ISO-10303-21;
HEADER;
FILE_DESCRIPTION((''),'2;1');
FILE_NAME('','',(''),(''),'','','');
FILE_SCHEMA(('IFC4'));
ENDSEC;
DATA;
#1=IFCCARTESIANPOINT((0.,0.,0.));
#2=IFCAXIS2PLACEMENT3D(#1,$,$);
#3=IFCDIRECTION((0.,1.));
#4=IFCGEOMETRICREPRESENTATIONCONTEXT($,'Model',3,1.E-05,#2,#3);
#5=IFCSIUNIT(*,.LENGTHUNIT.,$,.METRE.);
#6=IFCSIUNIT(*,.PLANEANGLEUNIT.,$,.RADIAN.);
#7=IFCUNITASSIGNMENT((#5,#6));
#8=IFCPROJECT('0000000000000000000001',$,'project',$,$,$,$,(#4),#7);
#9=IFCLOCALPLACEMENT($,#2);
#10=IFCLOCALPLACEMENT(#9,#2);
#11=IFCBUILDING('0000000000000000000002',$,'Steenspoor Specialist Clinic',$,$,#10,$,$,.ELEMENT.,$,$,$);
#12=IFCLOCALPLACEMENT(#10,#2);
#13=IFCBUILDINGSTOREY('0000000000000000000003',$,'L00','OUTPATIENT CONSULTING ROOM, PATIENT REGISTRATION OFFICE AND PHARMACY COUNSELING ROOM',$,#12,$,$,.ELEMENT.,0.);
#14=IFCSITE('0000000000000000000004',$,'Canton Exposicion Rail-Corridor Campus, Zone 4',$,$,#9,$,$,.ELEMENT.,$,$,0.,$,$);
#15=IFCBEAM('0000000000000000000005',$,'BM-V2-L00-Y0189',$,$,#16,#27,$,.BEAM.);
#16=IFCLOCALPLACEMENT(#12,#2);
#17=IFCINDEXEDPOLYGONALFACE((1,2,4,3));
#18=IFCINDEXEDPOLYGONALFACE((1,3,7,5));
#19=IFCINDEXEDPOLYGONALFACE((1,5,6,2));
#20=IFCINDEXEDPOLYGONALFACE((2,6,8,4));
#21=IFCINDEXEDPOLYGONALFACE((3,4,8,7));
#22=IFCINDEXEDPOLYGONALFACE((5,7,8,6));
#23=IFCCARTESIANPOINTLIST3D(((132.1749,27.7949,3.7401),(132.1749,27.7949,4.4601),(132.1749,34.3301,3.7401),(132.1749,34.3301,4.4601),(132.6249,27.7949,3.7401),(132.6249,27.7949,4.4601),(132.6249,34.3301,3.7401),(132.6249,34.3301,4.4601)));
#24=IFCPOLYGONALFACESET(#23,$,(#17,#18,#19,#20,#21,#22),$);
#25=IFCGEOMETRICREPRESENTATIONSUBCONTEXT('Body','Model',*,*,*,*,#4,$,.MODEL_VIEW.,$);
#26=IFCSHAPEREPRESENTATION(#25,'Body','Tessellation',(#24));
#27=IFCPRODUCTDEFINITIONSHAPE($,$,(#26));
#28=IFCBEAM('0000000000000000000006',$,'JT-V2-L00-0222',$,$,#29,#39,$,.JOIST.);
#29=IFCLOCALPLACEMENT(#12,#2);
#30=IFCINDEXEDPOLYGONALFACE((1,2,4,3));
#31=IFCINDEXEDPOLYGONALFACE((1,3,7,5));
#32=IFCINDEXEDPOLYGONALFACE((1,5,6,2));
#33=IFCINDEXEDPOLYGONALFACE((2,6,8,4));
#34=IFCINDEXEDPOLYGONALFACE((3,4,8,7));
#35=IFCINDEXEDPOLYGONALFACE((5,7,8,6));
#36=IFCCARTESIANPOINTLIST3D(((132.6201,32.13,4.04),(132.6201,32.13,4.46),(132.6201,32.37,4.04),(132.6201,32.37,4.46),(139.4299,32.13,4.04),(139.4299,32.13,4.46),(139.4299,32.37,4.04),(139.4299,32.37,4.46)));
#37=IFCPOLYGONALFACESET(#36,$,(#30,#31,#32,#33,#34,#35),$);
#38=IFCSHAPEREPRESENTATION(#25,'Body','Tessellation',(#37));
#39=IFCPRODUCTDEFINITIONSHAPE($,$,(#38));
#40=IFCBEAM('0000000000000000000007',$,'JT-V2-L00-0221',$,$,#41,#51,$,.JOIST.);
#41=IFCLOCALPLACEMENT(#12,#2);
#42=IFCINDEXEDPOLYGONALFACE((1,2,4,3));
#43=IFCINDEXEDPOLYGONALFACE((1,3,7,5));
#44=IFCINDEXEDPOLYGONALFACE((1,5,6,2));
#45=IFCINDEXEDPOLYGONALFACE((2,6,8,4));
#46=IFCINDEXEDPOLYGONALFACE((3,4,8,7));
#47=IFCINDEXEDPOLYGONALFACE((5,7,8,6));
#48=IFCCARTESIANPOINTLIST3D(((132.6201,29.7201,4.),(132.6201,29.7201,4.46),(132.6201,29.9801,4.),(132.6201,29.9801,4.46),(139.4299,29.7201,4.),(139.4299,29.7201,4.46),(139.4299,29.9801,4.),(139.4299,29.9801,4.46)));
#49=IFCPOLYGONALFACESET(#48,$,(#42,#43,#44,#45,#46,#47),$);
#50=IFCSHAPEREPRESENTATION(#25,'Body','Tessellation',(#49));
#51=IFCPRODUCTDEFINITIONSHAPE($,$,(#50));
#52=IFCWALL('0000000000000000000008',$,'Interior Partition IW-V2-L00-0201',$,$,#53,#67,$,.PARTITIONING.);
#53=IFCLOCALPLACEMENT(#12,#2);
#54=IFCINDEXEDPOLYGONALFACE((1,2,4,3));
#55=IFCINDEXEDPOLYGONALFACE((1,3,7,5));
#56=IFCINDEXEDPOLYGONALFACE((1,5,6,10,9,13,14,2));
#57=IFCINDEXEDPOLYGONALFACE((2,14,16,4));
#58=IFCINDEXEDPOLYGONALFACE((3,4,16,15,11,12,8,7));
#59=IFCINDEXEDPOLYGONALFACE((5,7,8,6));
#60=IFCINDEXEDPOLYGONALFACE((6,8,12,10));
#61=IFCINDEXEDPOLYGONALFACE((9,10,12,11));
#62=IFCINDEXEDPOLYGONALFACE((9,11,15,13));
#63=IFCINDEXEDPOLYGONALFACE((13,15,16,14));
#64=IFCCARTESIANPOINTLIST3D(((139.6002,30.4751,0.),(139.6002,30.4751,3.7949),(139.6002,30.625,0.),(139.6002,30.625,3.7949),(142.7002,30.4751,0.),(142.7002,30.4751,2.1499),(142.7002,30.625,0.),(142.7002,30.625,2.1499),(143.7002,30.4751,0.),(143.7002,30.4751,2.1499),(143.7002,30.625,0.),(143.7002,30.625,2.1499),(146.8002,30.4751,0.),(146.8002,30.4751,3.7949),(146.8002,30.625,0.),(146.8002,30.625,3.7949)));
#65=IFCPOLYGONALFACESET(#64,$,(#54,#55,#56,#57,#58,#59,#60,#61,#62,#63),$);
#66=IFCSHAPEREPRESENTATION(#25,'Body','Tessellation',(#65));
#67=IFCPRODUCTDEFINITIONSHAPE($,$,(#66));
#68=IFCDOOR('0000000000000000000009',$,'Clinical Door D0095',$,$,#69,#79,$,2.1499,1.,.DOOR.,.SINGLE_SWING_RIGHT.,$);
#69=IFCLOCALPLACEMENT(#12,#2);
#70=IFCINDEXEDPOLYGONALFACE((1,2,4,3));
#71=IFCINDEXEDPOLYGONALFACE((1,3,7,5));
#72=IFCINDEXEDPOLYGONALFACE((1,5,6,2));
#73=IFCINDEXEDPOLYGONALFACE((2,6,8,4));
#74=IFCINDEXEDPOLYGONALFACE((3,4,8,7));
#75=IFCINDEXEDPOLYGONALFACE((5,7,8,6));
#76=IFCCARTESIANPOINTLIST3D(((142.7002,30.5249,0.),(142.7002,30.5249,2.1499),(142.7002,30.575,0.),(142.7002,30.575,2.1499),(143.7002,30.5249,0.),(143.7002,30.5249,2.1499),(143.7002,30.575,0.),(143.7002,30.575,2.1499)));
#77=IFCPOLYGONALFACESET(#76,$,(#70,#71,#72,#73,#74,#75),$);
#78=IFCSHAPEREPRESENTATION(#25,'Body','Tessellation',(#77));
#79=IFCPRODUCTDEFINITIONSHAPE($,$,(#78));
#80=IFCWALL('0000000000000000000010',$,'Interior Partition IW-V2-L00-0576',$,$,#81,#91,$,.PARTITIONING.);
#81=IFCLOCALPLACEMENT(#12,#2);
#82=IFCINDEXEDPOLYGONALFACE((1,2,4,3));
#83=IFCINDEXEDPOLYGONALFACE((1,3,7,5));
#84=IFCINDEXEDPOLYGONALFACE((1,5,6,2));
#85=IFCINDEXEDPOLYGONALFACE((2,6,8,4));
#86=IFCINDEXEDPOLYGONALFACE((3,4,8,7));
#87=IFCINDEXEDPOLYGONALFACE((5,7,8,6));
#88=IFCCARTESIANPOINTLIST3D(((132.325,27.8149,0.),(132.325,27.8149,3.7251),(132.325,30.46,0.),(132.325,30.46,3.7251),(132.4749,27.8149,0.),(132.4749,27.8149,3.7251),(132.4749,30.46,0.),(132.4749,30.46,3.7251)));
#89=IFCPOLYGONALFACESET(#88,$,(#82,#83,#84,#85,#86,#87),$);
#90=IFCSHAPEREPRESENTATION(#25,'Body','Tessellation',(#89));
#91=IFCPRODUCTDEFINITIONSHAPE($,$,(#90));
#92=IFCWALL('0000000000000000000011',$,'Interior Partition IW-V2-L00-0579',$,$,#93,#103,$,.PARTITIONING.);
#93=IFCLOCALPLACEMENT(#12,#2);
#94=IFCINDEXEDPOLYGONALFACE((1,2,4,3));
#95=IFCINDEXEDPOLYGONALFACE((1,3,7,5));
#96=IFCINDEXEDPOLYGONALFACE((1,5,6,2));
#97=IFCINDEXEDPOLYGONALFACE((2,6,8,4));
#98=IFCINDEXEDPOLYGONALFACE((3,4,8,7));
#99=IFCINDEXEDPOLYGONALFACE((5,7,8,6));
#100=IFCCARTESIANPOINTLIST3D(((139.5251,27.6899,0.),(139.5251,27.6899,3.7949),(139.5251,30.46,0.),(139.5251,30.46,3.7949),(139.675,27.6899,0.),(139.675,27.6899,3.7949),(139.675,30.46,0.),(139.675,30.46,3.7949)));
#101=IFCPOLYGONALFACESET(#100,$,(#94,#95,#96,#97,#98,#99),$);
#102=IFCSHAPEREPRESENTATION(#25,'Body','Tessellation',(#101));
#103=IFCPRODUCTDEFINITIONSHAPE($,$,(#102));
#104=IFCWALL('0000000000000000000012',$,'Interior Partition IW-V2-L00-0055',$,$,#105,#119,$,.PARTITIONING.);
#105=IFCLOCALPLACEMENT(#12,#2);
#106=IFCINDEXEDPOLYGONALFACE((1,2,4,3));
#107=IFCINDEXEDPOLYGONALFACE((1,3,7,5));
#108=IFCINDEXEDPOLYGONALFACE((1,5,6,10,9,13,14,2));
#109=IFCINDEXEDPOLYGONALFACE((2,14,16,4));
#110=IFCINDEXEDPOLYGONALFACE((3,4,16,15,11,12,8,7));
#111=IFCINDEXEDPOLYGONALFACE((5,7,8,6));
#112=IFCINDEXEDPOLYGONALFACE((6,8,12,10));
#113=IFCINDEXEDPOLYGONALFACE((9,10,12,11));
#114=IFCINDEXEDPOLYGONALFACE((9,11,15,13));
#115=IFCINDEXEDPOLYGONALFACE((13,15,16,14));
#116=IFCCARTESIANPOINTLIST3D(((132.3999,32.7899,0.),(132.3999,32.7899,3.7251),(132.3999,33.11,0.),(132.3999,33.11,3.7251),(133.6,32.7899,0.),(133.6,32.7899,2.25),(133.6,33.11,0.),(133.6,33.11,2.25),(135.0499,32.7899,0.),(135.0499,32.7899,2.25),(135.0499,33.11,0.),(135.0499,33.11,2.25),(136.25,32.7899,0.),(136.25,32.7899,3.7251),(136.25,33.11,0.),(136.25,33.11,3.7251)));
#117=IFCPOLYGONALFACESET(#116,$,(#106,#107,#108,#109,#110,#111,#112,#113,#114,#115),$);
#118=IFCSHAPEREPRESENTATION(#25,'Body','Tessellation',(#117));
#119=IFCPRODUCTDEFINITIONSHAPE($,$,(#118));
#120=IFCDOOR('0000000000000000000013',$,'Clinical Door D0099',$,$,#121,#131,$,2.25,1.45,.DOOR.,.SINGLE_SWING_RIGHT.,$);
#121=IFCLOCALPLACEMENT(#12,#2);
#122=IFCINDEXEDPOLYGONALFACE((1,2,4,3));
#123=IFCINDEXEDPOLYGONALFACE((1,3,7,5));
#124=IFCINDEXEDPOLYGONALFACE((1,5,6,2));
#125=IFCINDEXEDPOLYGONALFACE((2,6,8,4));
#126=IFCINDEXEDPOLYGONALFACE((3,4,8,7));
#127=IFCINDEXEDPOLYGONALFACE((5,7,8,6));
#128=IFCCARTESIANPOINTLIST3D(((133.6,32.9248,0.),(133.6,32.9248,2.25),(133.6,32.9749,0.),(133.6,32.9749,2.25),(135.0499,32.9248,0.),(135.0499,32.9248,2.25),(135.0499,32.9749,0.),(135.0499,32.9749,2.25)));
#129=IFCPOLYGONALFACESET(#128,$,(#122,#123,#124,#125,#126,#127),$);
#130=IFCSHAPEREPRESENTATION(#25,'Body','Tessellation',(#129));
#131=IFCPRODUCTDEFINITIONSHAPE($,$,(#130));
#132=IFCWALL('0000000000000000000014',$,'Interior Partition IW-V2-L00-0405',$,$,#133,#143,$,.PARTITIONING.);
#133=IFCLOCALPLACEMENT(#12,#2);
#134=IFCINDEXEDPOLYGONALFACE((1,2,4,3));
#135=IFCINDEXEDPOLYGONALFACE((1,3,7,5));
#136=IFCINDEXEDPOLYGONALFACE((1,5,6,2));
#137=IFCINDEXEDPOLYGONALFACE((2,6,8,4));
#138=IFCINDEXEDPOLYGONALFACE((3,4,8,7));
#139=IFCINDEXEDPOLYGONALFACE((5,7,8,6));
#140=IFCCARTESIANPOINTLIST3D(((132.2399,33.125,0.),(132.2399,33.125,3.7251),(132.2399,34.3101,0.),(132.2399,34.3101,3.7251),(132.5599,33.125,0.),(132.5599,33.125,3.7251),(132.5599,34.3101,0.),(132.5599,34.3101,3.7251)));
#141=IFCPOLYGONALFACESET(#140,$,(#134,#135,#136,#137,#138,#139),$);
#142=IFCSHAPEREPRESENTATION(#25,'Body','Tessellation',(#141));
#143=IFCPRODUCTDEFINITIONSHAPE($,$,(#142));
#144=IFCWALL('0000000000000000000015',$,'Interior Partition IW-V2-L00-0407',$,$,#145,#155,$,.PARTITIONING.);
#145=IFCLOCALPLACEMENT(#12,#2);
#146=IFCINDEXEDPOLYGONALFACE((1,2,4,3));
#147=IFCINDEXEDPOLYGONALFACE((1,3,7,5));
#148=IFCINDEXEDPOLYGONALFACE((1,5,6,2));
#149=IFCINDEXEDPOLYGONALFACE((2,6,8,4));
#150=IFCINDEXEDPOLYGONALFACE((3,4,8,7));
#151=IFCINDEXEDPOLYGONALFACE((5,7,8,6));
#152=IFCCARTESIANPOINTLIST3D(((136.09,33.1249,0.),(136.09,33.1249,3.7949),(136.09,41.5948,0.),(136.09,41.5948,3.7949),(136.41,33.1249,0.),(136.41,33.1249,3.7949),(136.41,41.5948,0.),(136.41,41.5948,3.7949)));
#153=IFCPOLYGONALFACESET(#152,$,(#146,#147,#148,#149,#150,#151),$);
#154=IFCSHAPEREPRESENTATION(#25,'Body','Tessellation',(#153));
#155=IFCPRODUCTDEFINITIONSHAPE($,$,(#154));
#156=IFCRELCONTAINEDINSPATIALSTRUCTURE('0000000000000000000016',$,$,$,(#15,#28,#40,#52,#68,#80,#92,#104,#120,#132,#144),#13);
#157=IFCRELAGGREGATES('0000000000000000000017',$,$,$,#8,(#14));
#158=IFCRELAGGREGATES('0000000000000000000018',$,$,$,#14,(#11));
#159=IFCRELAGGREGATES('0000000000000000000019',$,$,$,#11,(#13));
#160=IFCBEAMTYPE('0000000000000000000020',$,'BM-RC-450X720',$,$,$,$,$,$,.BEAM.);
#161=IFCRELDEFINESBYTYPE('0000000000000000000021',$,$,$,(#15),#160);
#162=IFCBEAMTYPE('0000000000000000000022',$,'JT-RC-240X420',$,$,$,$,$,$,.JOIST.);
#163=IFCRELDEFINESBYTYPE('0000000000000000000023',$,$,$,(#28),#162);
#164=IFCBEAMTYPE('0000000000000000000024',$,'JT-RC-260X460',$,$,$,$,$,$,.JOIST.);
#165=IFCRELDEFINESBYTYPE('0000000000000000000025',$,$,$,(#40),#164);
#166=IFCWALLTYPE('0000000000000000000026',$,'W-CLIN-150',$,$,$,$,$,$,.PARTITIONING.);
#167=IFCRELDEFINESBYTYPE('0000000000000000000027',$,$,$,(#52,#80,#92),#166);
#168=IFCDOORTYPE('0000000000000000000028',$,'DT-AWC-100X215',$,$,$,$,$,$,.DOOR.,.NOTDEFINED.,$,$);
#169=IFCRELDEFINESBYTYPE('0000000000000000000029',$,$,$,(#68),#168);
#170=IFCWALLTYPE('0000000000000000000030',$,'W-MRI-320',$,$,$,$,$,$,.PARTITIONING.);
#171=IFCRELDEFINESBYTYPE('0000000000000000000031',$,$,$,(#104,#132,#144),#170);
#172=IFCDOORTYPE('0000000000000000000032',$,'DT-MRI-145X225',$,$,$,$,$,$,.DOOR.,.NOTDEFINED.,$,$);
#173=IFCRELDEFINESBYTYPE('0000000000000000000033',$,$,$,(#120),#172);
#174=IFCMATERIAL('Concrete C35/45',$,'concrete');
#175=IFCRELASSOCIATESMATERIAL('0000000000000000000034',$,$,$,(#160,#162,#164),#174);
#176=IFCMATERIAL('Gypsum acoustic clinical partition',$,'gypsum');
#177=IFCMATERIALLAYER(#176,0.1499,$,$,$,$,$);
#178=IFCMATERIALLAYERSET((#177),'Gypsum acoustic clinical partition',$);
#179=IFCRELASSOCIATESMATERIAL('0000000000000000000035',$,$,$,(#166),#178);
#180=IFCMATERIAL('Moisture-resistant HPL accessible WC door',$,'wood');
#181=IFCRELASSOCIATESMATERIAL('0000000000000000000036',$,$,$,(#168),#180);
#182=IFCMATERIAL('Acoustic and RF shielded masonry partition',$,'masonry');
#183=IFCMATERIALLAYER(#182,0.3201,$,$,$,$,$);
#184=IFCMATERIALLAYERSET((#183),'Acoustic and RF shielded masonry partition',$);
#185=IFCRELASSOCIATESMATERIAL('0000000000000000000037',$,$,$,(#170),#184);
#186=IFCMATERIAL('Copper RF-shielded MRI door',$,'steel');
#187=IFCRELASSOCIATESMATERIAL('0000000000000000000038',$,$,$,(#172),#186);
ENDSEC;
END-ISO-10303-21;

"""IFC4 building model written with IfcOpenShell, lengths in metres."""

from ifc_helpers import new_model, si_unit, direction, frame, frame_2d, origin, origin_2d, place, context, subcontext, project, spatial, rectangle, extrude, material, layer, layer_set, material_profile, profile_set, type_object, element, fill, save


model = new_model("IFC4")

# Units and contexts
model_context = context("Model", 3, precision=1e-05, world=origin(), true_north=direction((0.0, 1.0)))
body_context = subcontext(model_context, "Body", "Model", "MODEL_VIEW")
ifc_project = project(units=[si_unit("LENGTHUNIT", "METRE"), si_unit("PLANEANGLEUNIT", "RADIAN")], contexts=[model_context])

# Site, building, storey
site_placement = place(None, origin())
site = spatial("IfcSite", under=ifc_project, at=site_placement, Name="Canton Exposicion Rail-Corridor Campus, Zone 4", CompositionType="ELEMENT", RefElevation=0.0)
building_placement = place(site_placement, origin())
building = spatial("IfcBuilding", under=site, at=building_placement, Name="Steenspoor Specialist Clinic", CompositionType="ELEMENT")
storey_placement = place(building_placement, origin())
storey = spatial("IfcBuildingStorey", under=building, at=storey_placement, Name="L00", Description="OUTPATIENT CONSULTING ROOM, PATIENT REGISTRATION OFFICE AND PHARMACY COUNSELING ROOM", CompositionType="ELEMENT", Elevation=0.0)

# Shared definitions
ifc_material_1 = material(Name="Concrete C35/45", Category="concrete")

# Beams
ifc_material_profile_1 = material_profile(ifc_material_1, rectangle(XDim=0.45, YDim=0.72, at=origin_2d()), Name="RC-BM-450X720")
ifc_profile_set_1 = profile_set([ifc_material_profile_1], Name="Concrete C35/45")
beam_type_1 = type_object("IfcBeamType", Name="BM-RC-450X720", PredefinedType="BEAM", material=ifc_profile_set_1)
beam_1_placement = place(storey_placement, frame((132.3999, 27.7949, 4.1001), z_axis=(0.0, 1.0, 0.0), x_axis=(-1.0, 0.0, 0.0)))
element("IfcBeam", 1, at=beam_1_placement, inside=storey, type_object=beam_type_1, Name="BM-V2-L00-Y0189", PredefinedType="BEAM", context=body_context, shape_type="SweptSolid", body=[
    extrude(rectangle(XDim=0.45, YDim=0.72, at=origin_2d()), origin(), (0.0, 0.0, 1.0), 6.5352),
])
ifc_material_profile_2 = material_profile(ifc_material_1, rectangle(XDim=0.24, YDim=0.4199, at=origin_2d()), Name="RC-JT-240X420")
ifc_profile_set_2 = profile_set([ifc_material_profile_2], Name="Concrete C35/45")
beam_type_2 = type_object("IfcBeamType", Name="JT-RC-240X420", PredefinedType="JOIST", material=ifc_profile_set_2)
beam_2_placement = place(storey_placement, frame((132.6201, 32.25, 4.25), z_axis=(1.0, 0.0, 0.0), x_axis=(0.0, 1.0, 0.0)))
element("IfcBeam", 2, at=beam_2_placement, inside=storey, type_object=beam_type_2, Name="JT-V2-L00-0222", PredefinedType="JOIST", context=body_context, shape_type="SweptSolid", body=[
    extrude(rectangle(XDim=0.24, YDim=0.4199, at=origin_2d()), origin(), (0.0, 0.0, 1.0), 6.8098),
])
ifc_material_profile_3 = material_profile(ifc_material_1, rectangle(XDim=0.26, YDim=0.46, at=origin_2d()), Name="RC-JT-260X460")
ifc_profile_set_3 = profile_set([ifc_material_profile_3], Name="Concrete C35/45")
beam_type_3 = type_object("IfcBeamType", Name="JT-RC-260X460", PredefinedType="JOIST", material=ifc_profile_set_3)
beam_3_placement = place(storey_placement, frame((132.6201, 29.8501, 4.23), z_axis=(1.0, 0.0, 0.0), x_axis=(0.0, 1.0, 0.0)))
element("IfcBeam", 3, at=beam_3_placement, inside=storey, type_object=beam_type_3, Name="JT-V2-L00-0221", PredefinedType="JOIST", context=body_context, shape_type="SweptSolid", body=[
    extrude(rectangle(XDim=0.26, YDim=0.46, at=origin_2d()), origin(), (0.0, 0.0, 1.0), 6.8098),
])

# Wall, opening, door
ifc_material_2 = material(Name="Gypsum acoustic clinical partition", Category="gypsum")
ifc_layer_1 = layer(ifc_material_2, 0.1499)
ifc_layer_set_1 = layer_set([ifc_layer_1], Name="Gypsum acoustic clinical partition")
wall_type_1 = type_object("IfcWallType", Name="W-CLIN-150", PredefinedType="PARTITIONING", material=ifc_layer_set_1)
wall_1_placement = place(storey_placement, frame((139.6001, 30.55, 0.0), z_axis=(0.0, 0.0, 1.0), x_axis=(1.0, 0.0, 0.0)))
wall_1 = element("IfcWall", 4, at=wall_1_placement, inside=storey, type_object=wall_type_1, Name="Interior Partition IW-V2-L00-0201", PredefinedType="PARTITIONING", context=body_context, shape_type="SweptSolid", body=[
    extrude(rectangle(XDim=7.2, YDim=0.1499, at=frame_2d((3.6001, 0.0))), origin(), (0.0, 0.0, 1.0), 3.7949),
])
opening_1_placement = place(wall_1_placement, frame((3.1001, 0.0, 0.0)))
opening_1 = element("IfcOpeningElement", 5, at=opening_1_placement, cuts=wall_1, PredefinedType="OPENING", context=body_context, shape_type="SweptSolid", body=[
    extrude(rectangle(XDim=1.0, YDim=2.1499, at=frame_2d((0.5, 1.075))), frame((0.0, 0.085, 0.0), z_axis=(0.0, -1.0, 0.0), x_axis=(1.0, 0.0, 0.0)), (0.0, 0.0, 1.0), 0.1699),
])
ifc_material_3 = material(Name="Moisture-resistant HPL accessible WC door", Category="wood")
door_type_1 = type_object("IfcDoorType", Name="DT-AWC-100X215", OperationType="NOTDEFINED", PredefinedType="DOOR", material=ifc_material_3)
door_1_placement = place(opening_1_placement, origin())
door_1 = element("IfcDoor", 6, at=door_1_placement, inside=storey, type_object=door_type_1, Name="Clinical Door D0095", OperationType="SINGLE_SWING_RIGHT", OverallHeight=2.1499, OverallWidth=1.0, PredefinedType="DOOR", context=body_context, shape_type="SweptSolid", body=[
    extrude(rectangle(XDim=1.0, YDim=2.1499, at=frame_2d((0.5, 1.075))), frame((0.0, 0.0249, 0.0), z_axis=(0.0, -1.0, 0.0), x_axis=(1.0, 0.0, 0.0)), (0.0, 0.0, 1.0), 0.05),
])
fill(opening_1, door_1)

# Walls
wall_2_placement = place(storey_placement, frame((132.3999, 27.8149, 0.0), z_axis=(0.0, 0.0, 1.0), x_axis=(0.0, 1.0, 0.0)))
element("IfcWall", 7, at=wall_2_placement, inside=storey, type_object=wall_type_1, Name="Interior Partition IW-V2-L00-0576", PredefinedType="PARTITIONING", context=body_context, shape_type="SweptSolid", body=[
    extrude(rectangle(XDim=2.645, YDim=0.1499, at=frame_2d((1.3225, 0.0))), origin(), (0.0, 0.0, 1.0), 3.7251),
])
wall_3_placement = place(storey_placement, frame((139.6001, 27.6899, 0.0), z_axis=(0.0, 0.0, 1.0), x_axis=(0.0, 1.0, 0.0)))
element("IfcWall", 8, at=wall_3_placement, inside=storey, type_object=wall_type_1, Name="Interior Partition IW-V2-L00-0579", PredefinedType="PARTITIONING", context=body_context, shape_type="SweptSolid", body=[
    extrude(rectangle(XDim=2.77, YDim=0.1499, at=frame_2d((1.385, 0.0))), origin(), (0.0, 0.0, 1.0), 3.7949),
])

# Wall, opening, door
ifc_material_4 = material(Name="Acoustic and RF shielded masonry partition", Category="masonry")
ifc_layer_2 = layer(ifc_material_4, 0.3201)
ifc_layer_set_2 = layer_set([ifc_layer_2], Name="Acoustic and RF shielded masonry partition")
wall_type_2 = type_object("IfcWallType", Name="W-MRI-320", PredefinedType="PARTITIONING", material=ifc_layer_set_2)
wall_4_placement = place(storey_placement, frame((132.3999, 32.95, 0.0), z_axis=(0.0, 0.0, 1.0), x_axis=(1.0, 0.0, 0.0)))
wall_4 = element("IfcWall", 9, at=wall_4_placement, inside=storey, type_object=wall_type_2, Name="Interior Partition IW-V2-L00-0055", PredefinedType="PARTITIONING", context=body_context, shape_type="SweptSolid", body=[
    extrude(rectangle(XDim=3.8501, YDim=0.3201, at=frame_2d((1.925, 0.0))), origin(), (0.0, 0.0, 1.0), 3.7251),
])
opening_2_placement = place(wall_4_placement, frame((1.2, 0.0, 0.0)))
opening_2 = element("IfcOpeningElement", 10, at=opening_2_placement, cuts=wall_4, PredefinedType="OPENING", context=body_context, shape_type="SweptSolid", body=[
    extrude(rectangle(XDim=1.45, YDim=2.25, at=frame_2d((0.7251, 1.125))), frame((0.0, 0.1699, 0.0), z_axis=(0.0, -1.0, 0.0), x_axis=(1.0, 0.0, 0.0)), (0.0, 0.0, 1.0), 0.3401),
])
ifc_material_5 = material(Name="Copper RF-shielded MRI door", Category="steel")
door_type_2 = type_object("IfcDoorType", Name="DT-MRI-145X225", OperationType="NOTDEFINED", PredefinedType="DOOR", material=ifc_material_5)
door_2_placement = place(opening_2_placement, origin())
door_2 = element("IfcDoor", 11, at=door_2_placement, inside=storey, type_object=door_type_2, Name="Clinical Door D0099", OperationType="SINGLE_SWING_RIGHT", OverallHeight=2.25, OverallWidth=1.45, PredefinedType="DOOR", context=body_context, shape_type="SweptSolid", body=[
    extrude(rectangle(XDim=1.45, YDim=2.25, at=frame_2d((0.7251, 1.125))), frame((0.0, 0.0249, 0.0), z_axis=(0.0, -1.0, 0.0), x_axis=(1.0, 0.0, 0.0)), (0.0, 0.0, 1.0), 0.05),
])
fill(opening_2, door_2)

# Walls
wall_5_placement = place(storey_placement, frame((132.3999, 33.125, 0.0), z_axis=(0.0, 0.0, 1.0), x_axis=(0.0, 1.0, 0.0)))
element("IfcWall", 12, at=wall_5_placement, inside=storey, type_object=wall_type_2, Name="Interior Partition IW-V2-L00-0405", PredefinedType="PARTITIONING", context=body_context, shape_type="SweptSolid", body=[
    extrude(rectangle(XDim=1.1851, YDim=0.3201, at=frame_2d((0.5925, 0.0))), origin(), (0.0, 0.0, 1.0), 3.7251),
])
wall_6_placement = place(storey_placement, frame((136.25, 33.125, 0.0), z_axis=(0.0, 0.0, 1.0), x_axis=(0.0, 1.0, 0.0)))
element("IfcWall", 13, at=wall_6_placement, inside=storey, type_object=wall_type_2, Name="Interior Partition IW-V2-L00-0407", PredefinedType="PARTITIONING", context=body_context, shape_type="SweptSolid", body=[
    extrude(rectangle(XDim=8.47, YDim=0.3201, at=frame_2d((4.2349, 0.0))), origin(), (0.0, 0.0, 1.0), 3.7949),
])

save(model, "model.ifc")
